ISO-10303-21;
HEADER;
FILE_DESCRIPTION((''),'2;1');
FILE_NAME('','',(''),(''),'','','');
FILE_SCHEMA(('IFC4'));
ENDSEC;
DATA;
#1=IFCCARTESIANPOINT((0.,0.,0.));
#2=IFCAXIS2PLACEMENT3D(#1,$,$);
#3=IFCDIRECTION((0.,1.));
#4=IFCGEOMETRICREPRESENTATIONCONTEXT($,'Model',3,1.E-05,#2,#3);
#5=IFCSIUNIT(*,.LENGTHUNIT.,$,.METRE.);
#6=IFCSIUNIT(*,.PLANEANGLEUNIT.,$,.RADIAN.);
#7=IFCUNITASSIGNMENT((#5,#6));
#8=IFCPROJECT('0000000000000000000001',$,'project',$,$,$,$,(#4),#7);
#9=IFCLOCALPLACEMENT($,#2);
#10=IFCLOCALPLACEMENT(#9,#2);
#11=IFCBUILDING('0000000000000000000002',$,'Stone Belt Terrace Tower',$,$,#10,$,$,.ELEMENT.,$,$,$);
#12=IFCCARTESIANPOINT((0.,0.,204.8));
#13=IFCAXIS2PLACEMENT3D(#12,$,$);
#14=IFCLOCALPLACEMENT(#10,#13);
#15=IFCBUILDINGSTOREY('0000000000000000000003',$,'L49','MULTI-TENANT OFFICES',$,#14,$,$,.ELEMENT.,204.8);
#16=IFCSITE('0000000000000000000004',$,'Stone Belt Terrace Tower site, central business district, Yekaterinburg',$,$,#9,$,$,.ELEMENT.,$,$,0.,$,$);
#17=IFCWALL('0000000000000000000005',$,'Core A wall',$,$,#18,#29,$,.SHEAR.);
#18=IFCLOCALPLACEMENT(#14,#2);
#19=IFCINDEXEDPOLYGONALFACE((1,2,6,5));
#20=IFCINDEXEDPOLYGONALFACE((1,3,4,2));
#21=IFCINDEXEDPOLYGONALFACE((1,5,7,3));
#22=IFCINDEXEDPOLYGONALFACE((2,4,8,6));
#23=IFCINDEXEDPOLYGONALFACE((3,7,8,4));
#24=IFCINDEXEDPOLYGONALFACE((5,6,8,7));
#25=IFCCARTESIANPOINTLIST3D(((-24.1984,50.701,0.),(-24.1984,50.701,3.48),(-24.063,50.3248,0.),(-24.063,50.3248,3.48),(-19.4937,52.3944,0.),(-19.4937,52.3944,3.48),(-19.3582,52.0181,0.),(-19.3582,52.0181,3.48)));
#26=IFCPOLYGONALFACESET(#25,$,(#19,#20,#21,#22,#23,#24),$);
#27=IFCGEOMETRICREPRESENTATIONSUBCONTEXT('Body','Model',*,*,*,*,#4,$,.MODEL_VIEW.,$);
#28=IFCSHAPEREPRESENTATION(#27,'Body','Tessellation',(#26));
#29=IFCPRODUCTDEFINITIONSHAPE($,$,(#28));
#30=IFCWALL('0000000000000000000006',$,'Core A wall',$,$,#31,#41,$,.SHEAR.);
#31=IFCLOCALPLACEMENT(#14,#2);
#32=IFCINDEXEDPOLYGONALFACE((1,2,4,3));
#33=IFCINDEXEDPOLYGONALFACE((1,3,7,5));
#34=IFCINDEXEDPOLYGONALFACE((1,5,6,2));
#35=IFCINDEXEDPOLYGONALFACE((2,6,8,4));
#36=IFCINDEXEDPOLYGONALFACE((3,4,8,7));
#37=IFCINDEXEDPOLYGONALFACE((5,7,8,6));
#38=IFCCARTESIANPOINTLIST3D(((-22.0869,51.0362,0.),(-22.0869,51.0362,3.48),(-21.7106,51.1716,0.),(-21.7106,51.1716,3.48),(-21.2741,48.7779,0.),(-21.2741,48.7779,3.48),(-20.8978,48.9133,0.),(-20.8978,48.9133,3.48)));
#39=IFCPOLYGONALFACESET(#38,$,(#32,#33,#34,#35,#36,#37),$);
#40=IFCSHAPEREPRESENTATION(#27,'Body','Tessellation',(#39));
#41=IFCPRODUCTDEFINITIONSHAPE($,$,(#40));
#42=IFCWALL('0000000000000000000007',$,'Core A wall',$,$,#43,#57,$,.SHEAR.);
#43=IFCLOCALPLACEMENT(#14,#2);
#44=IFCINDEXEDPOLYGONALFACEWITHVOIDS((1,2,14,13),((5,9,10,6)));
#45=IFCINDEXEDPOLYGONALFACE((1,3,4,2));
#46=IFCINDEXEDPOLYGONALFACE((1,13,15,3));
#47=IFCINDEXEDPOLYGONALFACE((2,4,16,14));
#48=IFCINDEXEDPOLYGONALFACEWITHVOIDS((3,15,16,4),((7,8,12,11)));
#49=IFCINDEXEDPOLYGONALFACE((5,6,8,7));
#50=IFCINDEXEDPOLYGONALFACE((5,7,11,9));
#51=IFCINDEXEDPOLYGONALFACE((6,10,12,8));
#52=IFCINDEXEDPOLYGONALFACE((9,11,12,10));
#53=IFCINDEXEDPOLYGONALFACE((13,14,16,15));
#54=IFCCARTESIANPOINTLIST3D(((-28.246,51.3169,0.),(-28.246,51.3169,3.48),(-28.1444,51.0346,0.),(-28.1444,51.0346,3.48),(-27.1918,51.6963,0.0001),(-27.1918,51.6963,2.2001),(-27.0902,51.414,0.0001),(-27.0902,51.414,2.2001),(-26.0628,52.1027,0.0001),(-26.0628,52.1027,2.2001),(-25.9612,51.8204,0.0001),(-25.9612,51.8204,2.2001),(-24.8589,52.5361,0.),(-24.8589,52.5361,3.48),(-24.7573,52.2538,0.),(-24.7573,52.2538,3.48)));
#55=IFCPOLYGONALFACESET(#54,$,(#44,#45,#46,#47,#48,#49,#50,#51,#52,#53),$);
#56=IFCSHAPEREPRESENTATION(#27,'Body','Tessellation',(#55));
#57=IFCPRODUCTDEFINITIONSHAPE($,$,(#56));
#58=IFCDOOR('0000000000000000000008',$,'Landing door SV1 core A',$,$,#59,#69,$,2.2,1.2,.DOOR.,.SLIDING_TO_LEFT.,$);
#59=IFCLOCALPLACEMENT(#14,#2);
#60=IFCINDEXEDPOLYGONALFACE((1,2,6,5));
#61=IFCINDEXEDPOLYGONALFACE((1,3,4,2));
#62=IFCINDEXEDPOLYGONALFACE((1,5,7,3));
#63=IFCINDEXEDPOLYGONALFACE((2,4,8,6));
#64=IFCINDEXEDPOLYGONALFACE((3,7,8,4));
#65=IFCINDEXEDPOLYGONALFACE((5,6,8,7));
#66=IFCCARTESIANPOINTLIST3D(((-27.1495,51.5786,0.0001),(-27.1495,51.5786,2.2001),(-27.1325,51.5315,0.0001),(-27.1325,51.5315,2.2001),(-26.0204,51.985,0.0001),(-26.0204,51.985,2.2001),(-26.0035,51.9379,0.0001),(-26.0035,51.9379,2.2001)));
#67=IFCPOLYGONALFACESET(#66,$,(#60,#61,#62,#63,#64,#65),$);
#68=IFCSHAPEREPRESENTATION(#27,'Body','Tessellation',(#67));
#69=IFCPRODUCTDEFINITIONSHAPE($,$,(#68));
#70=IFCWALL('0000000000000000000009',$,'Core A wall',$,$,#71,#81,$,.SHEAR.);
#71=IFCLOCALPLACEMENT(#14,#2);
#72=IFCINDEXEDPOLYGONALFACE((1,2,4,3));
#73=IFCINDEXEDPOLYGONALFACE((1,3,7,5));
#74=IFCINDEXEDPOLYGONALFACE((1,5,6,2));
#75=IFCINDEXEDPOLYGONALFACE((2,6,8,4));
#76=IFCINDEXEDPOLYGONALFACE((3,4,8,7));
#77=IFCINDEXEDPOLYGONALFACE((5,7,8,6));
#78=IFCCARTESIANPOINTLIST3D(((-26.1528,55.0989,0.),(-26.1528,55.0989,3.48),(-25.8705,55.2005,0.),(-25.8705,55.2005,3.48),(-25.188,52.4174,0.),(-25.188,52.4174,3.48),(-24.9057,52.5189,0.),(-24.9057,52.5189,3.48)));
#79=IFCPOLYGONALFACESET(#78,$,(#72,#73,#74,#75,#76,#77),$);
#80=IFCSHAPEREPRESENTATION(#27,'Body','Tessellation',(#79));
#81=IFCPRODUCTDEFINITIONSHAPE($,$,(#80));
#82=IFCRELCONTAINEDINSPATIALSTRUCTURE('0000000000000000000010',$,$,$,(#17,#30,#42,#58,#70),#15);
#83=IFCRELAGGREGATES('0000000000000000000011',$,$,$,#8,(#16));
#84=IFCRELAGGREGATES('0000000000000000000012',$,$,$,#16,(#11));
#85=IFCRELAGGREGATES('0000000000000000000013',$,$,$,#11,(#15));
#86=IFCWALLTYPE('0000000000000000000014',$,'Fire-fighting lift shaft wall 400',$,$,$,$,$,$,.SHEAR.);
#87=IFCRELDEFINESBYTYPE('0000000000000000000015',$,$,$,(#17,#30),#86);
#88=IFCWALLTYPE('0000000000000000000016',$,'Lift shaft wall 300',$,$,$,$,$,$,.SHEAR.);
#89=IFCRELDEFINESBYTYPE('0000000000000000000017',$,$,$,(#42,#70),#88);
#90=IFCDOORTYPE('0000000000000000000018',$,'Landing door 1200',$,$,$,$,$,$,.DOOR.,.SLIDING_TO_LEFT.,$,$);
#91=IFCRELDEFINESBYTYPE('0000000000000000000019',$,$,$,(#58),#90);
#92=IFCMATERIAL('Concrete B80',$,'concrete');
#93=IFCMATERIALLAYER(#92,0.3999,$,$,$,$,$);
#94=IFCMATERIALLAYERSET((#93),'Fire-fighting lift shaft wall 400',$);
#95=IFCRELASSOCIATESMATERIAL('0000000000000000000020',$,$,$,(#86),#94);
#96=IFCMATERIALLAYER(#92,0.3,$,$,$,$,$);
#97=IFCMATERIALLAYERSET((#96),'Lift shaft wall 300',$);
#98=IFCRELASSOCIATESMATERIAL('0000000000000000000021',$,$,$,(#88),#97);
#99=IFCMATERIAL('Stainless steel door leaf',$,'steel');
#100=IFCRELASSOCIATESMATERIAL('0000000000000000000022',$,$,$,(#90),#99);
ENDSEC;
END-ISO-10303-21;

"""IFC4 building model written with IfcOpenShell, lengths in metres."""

from ifc_helpers import new_model, si_unit, direction, frame, frame_2d, origin, place, context, subcontext, project, spatial, rectangle, extrude, material, layer, layer_set, type_object, element, fill, save


model = new_model("IFC4")

# Units and contexts
model_context = context("Model", 3, precision=1e-05, world=origin(), true_north=direction((0.0, 1.0)))
body_context = subcontext(model_context, "Body", "Model", "MODEL_VIEW")
ifc_project = project(units=[si_unit("LENGTHUNIT", "METRE"), si_unit("PLANEANGLEUNIT", "RADIAN")], contexts=[model_context])

# Site, building, storey
site_placement = place(None, origin())
site = spatial("IfcSite", under=ifc_project, at=site_placement, Name="Stone Belt Terrace Tower site, central business district, Yekaterinburg", CompositionType="ELEMENT", RefElevation=0.0)
building_placement = place(site_placement, origin())
building = spatial("IfcBuilding", under=site, at=building_placement, Name="Stone Belt Terrace Tower", CompositionType="ELEMENT")
storey_placement = place(building_placement, frame((0.0, 0.0, 204.8)))
storey = spatial("IfcBuildingStorey", under=building, at=storey_placement, Name="L49", Description="MULTI-TENANT OFFICES", CompositionType="ELEMENT", Elevation=204.8)

# Walls
ifc_material_1 = material(Name="Concrete B80", Category="concrete")
ifc_layer_1 = layer(ifc_material_1, 0.3999)
ifc_layer_set_1 = layer_set([ifc_layer_1], Name="Fire-fighting lift shaft wall 400")
wall_type_1 = type_object("IfcWallType", Name="Fire-fighting lift shaft wall 400", PredefinedType="SHEAR", material=ifc_layer_set_1)
wall_1_placement = place(storey_placement, frame((-24.1306, 50.5129, 0.0), z_axis=(0.0, 0.0, 1.0), x_axis=(0.940912, 0.338652, 0.0)))
element("IfcWall", 1, at=wall_1_placement, inside=storey, type_object=wall_type_1, Name="Core A wall", PredefinedType="SHEAR", context=body_context, shape_type="SweptSolid", body=[
    extrude(rectangle(XDim=5.0002, YDim=0.3999, at=frame_2d((2.5, 0.0))), origin(), (0.0, 0.0, 1.0), 3.48),
])
wall_2_placement = place(storey_placement, frame((-21.0859, 48.8455, 0.0), z_axis=(0.0, 0.0, 1.0), x_axis=(-0.338629, 0.94092, 0.0)))
element("IfcWall", 2, at=wall_2_placement, inside=storey, type_object=wall_type_1, Name="Core A wall", PredefinedType="SHEAR", context=body_context, shape_type="SweptSolid", body=[
    extrude(rectangle(XDim=2.4001, YDim=0.3999, at=frame_2d((1.2002, 0.0))), origin(), (0.0, 0.0, 1.0), 3.48),
])

# Wall, opening, door
ifc_layer_2 = layer(ifc_material_1, 0.3)
ifc_layer_set_2 = layer_set([ifc_layer_2], Name="Lift shaft wall 300")
wall_type_2 = type_object("IfcWallType", Name="Lift shaft wall 300", PredefinedType="SHEAR", material=ifc_layer_set_2)
wall_3_placement = place(storey_placement, frame((-28.1951, 51.1758, 0.0), z_axis=(0.0, 0.0, 1.0), x_axis=(0.940901, 0.338681, 0.0)))
wall_3 = element("IfcWall", 3, at=wall_3_placement, inside=storey, type_object=wall_type_2, Name="Core A wall", PredefinedType="SHEAR", context=body_context, shape_type="SweptSolid", body=[
    extrude(rectangle(XDim=3.5999, YDim=0.3, at=frame_2d((1.7998, 0.0))), origin(), (0.0, 0.0, 1.0), 3.48),
])
opening_1_placement = place(wall_3_placement, frame((1.1201, 0.0, 0.0)))
opening_1 = element("IfcOpeningElement", 4, at=opening_1_placement, cuts=wall_3, PredefinedType="OPENING", context=body_context, shape_type="SweptSolid", body=[
    extrude(rectangle(XDim=1.2, YDim=2.2, at=frame_2d((0.6001, 1.1001))), frame((0.0, 0.1599, 0.0), z_axis=(0.0, -1.0, 0.0), x_axis=(1.0, 0.0, 0.0)), (0.0, 0.0, 1.0), 0.3201),
])
ifc_material_2 = material(Name="Stainless steel door leaf", Category="steel")
door_type_1 = type_object("IfcDoorType", Name="Landing door 1200", OperationType="SLIDING_TO_LEFT", PredefinedType="DOOR", material=ifc_material_2)
door_1_placement = place(opening_1_placement, origin())
door_1 = element("IfcDoor", 5, at=door_1_placement, inside=storey, type_object=door_type_1, Name="Landing door SV1 core A", OperationType="SLIDING_TO_LEFT", OverallHeight=2.2, OverallWidth=1.2, PredefinedType="DOOR", context=body_context, shape_type="SweptSolid", body=[
    extrude(rectangle(XDim=1.2, YDim=2.2, at=frame_2d((0.6001, 1.1001))), frame((0.0, 0.0249, 0.0), z_axis=(0.0, -1.0, 0.0), x_axis=(1.0, 0.0, 0.0)), (0.0, 0.0, 1.0), 0.05),
])
fill(opening_1, door_1)

# Wall
wall_4_placement = place(storey_placement, frame((-25.0469, 52.4683, 0.0), z_axis=(0.0, 0.0, 1.0), x_axis=(-0.33855, 0.940949, 0.0)))
element("IfcWall", 6, at=wall_4_placement, inside=storey, type_object=wall_type_2, Name="Core A wall", PredefinedType="SHEAR", context=body_context, shape_type="SweptSolid", body=[
    extrude(rectangle(XDim=2.8499, YDim=0.3, at=frame_2d((1.4248, 0.0))), origin(), (0.0, 0.0, 1.0), 3.48),
])

save(model, "model.ifc")
